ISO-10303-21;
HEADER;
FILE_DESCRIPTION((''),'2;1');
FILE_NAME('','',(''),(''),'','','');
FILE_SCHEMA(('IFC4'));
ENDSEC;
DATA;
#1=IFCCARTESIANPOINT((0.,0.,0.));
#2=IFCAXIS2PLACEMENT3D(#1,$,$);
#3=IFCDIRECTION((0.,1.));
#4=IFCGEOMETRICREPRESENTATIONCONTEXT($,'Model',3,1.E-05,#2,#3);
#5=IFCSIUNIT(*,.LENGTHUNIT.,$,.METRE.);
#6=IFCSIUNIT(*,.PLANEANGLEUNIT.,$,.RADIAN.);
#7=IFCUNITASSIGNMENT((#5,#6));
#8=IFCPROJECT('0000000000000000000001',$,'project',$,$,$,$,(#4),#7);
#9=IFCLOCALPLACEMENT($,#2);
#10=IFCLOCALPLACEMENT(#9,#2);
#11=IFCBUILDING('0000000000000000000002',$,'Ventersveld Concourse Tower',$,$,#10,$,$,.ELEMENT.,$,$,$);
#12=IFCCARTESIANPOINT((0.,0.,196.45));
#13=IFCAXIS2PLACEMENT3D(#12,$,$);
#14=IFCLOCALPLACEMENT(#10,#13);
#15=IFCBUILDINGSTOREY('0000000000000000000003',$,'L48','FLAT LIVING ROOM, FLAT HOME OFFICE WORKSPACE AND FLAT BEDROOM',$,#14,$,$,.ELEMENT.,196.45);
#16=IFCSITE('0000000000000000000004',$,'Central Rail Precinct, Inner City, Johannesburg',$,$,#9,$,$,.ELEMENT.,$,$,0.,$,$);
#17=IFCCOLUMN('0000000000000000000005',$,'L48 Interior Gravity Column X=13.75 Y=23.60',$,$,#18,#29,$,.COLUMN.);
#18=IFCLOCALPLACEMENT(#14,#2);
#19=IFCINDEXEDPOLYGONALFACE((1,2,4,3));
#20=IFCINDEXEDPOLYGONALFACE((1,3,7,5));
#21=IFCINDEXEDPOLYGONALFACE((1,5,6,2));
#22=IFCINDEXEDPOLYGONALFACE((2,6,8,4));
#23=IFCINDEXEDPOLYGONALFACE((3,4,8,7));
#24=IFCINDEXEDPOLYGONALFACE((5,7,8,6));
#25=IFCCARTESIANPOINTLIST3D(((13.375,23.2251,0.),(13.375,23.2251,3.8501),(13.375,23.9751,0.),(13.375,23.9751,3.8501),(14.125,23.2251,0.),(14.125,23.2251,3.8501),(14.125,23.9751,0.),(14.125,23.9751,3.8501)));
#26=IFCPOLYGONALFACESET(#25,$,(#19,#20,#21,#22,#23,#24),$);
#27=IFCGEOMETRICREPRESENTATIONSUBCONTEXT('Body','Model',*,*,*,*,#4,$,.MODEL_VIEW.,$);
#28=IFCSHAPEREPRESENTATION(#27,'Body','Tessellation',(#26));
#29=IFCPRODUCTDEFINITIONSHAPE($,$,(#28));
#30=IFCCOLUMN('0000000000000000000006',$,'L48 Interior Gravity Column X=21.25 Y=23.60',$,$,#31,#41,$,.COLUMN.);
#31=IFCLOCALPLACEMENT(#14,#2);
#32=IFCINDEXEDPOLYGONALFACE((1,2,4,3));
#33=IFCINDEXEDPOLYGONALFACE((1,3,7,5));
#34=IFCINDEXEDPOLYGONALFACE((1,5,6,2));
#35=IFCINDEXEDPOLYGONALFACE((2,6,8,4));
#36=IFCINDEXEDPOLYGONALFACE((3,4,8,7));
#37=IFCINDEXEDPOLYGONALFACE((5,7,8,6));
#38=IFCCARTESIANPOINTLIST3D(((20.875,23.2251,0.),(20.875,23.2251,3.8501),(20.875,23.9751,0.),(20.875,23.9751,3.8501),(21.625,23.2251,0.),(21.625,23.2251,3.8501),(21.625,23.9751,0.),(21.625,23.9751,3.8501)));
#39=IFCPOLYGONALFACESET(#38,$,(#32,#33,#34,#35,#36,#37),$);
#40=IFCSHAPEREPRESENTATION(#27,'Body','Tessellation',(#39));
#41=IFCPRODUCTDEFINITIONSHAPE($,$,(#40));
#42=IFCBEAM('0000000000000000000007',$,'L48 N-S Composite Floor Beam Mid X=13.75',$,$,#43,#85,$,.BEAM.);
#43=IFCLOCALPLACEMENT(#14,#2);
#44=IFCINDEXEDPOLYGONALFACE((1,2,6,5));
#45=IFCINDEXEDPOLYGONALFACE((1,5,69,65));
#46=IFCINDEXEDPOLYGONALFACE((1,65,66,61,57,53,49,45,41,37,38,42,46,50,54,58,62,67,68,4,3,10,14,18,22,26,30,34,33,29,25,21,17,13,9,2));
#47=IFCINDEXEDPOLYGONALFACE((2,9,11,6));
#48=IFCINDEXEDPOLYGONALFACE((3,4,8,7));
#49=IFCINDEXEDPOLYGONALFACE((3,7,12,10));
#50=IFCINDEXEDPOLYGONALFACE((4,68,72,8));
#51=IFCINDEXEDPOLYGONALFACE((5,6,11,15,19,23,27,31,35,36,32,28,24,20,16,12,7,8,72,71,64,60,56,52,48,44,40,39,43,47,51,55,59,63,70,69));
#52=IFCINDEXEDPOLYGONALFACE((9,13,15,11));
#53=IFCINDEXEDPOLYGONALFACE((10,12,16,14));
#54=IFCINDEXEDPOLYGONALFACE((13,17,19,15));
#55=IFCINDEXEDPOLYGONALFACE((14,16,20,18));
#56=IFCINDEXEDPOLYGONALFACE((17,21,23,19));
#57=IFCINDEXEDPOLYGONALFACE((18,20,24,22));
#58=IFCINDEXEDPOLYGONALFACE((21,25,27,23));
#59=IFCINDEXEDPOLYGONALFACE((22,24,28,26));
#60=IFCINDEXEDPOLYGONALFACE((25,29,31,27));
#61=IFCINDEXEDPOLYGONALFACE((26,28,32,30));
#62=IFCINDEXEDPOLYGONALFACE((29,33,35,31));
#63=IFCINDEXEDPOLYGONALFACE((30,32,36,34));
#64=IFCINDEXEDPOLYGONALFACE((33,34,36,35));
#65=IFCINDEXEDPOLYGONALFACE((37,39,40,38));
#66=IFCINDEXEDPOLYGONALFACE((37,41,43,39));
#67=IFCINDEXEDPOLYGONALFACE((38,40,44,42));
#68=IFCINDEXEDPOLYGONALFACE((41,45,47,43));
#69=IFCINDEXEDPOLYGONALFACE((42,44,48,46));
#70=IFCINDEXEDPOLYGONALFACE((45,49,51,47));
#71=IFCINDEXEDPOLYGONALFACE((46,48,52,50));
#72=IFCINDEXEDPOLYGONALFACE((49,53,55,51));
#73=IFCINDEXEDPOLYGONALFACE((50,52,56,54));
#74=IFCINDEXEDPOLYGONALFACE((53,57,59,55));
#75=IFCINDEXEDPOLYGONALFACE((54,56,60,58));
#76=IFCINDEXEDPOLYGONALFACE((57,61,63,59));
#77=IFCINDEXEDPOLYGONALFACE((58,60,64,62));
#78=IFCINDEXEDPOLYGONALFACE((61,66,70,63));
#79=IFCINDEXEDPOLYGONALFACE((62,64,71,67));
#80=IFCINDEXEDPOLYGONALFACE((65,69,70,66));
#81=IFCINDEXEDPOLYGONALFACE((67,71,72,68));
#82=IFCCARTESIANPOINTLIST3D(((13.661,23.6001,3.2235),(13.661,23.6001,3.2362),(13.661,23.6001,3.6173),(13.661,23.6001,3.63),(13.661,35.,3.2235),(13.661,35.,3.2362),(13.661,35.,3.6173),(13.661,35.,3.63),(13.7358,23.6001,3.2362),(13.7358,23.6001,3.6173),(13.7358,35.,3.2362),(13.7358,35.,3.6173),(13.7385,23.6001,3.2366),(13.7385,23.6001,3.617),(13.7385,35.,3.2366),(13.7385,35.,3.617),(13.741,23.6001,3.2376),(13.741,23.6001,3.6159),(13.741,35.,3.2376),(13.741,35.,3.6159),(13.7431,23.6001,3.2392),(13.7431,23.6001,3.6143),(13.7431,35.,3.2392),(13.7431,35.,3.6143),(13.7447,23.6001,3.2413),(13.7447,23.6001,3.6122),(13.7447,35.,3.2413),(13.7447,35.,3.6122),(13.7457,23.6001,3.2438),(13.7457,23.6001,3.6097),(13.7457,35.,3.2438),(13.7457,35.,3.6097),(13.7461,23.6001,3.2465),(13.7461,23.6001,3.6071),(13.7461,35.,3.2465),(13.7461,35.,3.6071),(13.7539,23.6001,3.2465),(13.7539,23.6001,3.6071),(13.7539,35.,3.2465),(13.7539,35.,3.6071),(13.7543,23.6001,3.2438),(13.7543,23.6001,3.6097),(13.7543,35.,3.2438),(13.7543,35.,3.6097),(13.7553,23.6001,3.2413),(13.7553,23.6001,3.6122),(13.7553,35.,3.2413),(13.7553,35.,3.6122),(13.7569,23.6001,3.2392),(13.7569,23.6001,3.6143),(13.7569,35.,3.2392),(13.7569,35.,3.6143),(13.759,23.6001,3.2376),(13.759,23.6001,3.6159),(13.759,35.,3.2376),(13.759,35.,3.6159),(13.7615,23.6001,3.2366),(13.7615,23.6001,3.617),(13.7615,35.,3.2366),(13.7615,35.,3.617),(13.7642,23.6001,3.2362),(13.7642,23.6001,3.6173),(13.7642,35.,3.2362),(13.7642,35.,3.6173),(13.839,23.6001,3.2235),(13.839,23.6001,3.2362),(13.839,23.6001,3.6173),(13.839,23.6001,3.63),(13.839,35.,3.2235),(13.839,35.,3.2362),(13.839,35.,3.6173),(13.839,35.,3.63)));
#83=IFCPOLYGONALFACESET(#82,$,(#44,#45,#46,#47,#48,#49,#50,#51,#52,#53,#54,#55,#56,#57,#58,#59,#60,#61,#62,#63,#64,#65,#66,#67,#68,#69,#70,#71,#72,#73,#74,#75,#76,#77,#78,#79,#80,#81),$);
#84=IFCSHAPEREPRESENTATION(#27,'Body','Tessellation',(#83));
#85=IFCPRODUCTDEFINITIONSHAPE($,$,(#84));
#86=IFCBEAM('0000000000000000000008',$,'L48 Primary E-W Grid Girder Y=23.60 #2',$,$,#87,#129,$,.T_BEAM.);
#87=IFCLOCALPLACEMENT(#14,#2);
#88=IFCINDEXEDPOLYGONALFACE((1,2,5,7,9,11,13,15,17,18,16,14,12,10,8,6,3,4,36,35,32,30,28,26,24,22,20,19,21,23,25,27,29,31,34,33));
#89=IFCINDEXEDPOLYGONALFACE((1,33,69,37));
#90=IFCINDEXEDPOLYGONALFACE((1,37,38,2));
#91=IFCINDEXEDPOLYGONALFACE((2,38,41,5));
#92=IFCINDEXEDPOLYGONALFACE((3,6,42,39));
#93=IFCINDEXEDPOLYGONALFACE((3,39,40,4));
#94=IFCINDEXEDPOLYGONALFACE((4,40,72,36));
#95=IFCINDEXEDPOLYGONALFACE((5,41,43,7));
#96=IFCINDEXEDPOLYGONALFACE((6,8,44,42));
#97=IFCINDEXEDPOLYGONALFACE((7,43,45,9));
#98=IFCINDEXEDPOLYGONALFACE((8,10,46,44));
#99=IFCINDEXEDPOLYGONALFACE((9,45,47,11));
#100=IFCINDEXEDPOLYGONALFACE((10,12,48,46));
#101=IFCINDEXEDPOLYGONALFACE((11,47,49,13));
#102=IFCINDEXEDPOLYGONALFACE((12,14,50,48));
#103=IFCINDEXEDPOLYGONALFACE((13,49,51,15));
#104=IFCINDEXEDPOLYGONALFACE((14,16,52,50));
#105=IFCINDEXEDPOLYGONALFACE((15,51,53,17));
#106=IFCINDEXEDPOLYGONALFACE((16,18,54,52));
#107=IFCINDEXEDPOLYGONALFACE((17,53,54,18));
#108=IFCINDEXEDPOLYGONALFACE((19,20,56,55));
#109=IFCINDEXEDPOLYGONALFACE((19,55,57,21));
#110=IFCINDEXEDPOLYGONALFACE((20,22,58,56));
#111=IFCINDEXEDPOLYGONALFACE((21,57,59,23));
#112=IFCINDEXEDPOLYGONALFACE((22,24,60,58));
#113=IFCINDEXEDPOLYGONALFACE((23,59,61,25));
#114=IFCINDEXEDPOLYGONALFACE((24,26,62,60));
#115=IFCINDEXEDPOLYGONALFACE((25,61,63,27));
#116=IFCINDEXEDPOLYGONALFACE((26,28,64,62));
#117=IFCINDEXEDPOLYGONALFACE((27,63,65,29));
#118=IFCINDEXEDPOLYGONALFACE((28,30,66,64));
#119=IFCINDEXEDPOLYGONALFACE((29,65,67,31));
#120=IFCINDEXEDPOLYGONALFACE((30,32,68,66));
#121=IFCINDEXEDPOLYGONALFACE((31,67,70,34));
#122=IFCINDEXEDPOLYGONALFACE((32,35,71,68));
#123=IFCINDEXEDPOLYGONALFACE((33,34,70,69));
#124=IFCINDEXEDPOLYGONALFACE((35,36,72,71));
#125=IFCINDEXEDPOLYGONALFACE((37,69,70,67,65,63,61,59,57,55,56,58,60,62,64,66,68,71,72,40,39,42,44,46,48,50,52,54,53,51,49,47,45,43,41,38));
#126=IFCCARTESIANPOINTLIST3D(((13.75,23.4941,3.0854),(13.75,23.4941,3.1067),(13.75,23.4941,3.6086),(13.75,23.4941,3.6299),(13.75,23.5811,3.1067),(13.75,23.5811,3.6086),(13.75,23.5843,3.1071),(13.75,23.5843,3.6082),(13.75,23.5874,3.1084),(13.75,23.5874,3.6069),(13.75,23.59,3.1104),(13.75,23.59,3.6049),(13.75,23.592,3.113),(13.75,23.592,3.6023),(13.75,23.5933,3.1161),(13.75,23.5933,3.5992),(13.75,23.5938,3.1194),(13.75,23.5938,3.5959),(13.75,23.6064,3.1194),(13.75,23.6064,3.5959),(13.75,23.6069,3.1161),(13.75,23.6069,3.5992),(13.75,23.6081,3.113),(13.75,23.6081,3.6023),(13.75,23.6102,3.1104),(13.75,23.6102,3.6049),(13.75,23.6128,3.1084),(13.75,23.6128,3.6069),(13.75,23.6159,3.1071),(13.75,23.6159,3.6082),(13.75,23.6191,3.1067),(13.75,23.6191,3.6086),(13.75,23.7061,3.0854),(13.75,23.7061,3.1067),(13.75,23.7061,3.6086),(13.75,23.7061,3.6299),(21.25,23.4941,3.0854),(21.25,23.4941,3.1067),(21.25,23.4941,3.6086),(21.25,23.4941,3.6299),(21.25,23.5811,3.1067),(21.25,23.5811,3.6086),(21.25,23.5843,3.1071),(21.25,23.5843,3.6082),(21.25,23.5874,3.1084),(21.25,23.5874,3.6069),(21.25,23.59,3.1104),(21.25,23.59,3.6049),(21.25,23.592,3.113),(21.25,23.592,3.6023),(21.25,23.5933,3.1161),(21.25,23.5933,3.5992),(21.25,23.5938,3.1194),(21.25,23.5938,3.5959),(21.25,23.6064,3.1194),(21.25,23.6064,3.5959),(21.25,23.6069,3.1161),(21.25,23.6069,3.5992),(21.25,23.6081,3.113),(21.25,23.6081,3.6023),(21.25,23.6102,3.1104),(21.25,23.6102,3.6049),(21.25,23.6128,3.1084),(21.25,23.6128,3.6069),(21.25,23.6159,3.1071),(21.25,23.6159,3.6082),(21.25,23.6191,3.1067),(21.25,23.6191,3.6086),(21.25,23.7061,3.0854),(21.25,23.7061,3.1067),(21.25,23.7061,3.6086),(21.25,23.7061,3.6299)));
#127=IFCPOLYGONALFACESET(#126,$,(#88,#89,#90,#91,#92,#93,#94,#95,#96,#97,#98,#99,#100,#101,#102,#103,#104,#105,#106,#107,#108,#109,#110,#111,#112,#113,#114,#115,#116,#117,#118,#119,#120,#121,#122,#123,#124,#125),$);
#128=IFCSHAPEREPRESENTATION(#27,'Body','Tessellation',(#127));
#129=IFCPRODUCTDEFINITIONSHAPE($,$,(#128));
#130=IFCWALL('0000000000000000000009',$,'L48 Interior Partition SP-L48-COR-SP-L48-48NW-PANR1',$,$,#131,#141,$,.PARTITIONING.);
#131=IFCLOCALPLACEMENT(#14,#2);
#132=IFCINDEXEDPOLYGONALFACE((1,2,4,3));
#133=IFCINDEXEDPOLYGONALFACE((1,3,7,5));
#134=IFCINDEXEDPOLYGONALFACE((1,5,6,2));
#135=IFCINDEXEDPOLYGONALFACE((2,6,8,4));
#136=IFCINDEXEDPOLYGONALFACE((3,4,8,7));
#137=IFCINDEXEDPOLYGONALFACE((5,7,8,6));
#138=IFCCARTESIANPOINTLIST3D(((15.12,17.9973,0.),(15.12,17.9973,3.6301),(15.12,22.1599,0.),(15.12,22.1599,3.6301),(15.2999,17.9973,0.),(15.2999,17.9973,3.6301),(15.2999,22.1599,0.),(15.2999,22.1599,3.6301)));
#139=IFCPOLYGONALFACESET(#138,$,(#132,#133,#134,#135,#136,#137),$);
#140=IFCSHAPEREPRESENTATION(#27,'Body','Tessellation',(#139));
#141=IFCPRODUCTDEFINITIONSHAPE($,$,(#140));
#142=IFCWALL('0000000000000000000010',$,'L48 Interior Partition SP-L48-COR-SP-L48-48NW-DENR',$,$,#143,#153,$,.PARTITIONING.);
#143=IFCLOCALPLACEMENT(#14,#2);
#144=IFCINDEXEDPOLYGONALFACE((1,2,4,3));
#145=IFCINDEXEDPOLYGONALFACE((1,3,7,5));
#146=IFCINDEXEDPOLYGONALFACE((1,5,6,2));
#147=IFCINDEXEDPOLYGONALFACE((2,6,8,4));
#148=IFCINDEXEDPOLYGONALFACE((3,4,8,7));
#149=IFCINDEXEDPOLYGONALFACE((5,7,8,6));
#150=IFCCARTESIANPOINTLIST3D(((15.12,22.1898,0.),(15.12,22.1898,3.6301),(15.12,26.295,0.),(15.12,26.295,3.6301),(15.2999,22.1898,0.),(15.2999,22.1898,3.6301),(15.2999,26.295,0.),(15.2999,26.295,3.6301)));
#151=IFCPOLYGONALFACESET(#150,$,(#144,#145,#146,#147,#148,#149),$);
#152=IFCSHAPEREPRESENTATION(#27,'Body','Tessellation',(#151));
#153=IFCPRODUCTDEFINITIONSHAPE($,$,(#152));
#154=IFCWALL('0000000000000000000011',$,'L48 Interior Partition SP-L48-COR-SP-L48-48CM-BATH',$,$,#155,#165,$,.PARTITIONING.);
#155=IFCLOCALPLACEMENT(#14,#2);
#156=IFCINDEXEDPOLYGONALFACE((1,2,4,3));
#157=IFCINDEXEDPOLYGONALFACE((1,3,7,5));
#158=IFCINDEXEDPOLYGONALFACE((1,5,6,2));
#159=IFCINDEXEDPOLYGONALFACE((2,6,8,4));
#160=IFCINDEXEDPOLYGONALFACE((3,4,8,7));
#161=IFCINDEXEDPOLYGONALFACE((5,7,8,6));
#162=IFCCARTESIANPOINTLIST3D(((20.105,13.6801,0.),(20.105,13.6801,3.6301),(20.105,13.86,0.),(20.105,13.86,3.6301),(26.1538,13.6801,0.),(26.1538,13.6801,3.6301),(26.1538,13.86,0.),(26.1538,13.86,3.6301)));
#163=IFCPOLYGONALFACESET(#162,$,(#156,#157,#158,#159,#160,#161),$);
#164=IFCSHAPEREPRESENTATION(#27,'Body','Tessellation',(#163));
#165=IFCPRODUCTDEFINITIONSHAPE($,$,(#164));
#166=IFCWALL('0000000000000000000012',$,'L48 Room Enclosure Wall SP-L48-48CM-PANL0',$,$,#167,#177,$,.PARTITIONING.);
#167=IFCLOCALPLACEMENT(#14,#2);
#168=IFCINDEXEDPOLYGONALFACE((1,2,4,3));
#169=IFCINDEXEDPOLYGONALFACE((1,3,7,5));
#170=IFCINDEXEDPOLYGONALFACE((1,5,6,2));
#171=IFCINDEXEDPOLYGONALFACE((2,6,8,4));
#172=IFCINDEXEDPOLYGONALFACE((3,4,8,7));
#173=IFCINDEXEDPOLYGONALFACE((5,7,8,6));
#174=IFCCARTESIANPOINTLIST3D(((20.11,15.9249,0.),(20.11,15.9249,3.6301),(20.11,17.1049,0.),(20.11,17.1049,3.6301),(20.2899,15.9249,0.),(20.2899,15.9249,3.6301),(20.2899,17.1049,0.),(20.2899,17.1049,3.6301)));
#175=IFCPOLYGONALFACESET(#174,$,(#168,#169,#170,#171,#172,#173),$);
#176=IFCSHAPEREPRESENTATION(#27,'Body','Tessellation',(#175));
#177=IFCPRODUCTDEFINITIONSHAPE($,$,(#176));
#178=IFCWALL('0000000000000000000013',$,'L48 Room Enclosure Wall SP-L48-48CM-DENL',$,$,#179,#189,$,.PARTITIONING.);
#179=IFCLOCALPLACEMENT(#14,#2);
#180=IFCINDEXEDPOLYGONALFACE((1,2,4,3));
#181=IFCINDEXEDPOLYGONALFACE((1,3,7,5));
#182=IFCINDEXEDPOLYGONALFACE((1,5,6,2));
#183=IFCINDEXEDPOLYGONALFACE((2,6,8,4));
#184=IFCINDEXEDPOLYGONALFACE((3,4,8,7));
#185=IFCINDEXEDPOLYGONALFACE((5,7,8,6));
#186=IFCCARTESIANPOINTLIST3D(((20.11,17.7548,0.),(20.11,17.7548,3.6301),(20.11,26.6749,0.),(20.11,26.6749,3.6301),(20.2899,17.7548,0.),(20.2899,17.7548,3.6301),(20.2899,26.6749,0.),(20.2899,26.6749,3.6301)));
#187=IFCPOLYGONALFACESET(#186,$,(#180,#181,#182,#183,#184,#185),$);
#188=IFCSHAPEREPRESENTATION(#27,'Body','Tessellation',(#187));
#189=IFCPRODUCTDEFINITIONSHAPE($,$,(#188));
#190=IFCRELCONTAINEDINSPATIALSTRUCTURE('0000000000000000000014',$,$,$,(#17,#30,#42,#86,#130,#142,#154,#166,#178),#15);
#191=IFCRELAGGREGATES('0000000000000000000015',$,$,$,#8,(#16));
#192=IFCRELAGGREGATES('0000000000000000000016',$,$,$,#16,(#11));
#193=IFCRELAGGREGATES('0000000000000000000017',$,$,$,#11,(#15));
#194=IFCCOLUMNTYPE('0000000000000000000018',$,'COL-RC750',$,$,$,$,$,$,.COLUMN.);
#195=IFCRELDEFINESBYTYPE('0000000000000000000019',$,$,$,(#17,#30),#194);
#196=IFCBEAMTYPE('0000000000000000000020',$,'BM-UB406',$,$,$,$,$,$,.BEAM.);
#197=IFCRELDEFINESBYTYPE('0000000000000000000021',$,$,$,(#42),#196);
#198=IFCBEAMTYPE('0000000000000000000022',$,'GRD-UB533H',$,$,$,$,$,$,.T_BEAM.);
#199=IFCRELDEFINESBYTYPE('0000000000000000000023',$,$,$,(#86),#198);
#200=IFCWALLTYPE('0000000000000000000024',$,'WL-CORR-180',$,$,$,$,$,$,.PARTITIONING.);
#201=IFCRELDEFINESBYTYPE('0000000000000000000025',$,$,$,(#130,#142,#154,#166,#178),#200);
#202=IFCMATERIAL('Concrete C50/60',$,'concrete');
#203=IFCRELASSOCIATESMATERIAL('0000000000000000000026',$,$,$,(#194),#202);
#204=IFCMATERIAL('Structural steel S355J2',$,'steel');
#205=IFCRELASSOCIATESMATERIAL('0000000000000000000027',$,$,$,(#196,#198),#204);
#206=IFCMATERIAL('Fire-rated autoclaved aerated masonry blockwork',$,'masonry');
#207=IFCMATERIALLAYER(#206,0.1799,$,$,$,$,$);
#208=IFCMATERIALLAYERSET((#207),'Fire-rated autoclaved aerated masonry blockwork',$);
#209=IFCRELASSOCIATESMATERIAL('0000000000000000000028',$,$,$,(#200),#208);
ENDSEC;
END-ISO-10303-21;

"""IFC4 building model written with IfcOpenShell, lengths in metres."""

from ifc_helpers import new_model, si_unit, direction, frame, frame_2d, origin, origin_2d, place, context, subcontext, project, spatial, rectangle, i_section, extrude, material, layer, layer_set, material_profile, profile_set, type_object, element, save


model = new_model("IFC4")

# Units and contexts
model_context = context("Model", 3, precision=1e-05, world=origin(), true_north=direction((0.0, 1.0)))
body_context = subcontext(model_context, "Body", "Model", "MODEL_VIEW")
ifc_project = project(units=[si_unit("LENGTHUNIT", "METRE"), si_unit("PLANEANGLEUNIT", "RADIAN")], contexts=[model_context])

# Site, building, storey
site_placement = place(None, origin())
site = spatial("IfcSite", under=ifc_project, at=site_placement, Name="Central Rail Precinct, Inner City, Johannesburg", CompositionType="ELEMENT", RefElevation=0.0)
building_placement = place(site_placement, origin())
building = spatial("IfcBuilding", under=site, at=building_placement, Name="Ventersveld Concourse Tower", CompositionType="ELEMENT")
storey_placement = place(building_placement, frame((0.0, 0.0, 196.45)))
storey = spatial("IfcBuildingStorey", under=building, at=storey_placement, Name="L48", Description="FLAT LIVING ROOM, FLAT HOME OFFICE WORKSPACE AND FLAT BEDROOM", CompositionType="ELEMENT", Elevation=196.45)

# Columns
ifc_material_1 = material(Name="Concrete C50/60", Category="concrete")
ifc_material_profile_1 = material_profile(ifc_material_1, rectangle(XDim=0.75, YDim=0.75, at=origin_2d()), Name="RC 750x750")
ifc_profile_set_1 = profile_set([ifc_material_profile_1], Name="Concrete C50/60")
column_type = type_object("IfcColumnType", Name="COL-RC750", PredefinedType="COLUMN", material=ifc_profile_set_1)
for number, where, z_axis, x_axis, name in (
    (1, (13.75, 23.6001, 0.0), (0.0, 0.0, 1.0), (1.0, 0.0, 0.0), "L48 Interior Gravity Column X=13.75 Y=23.60"),
    (2, (21.25, 23.6001, 0.0), (0.0, 0.0, 1.0), (1.0, 0.0, 0.0), "L48 Interior Gravity Column X=21.25 Y=23.60"),
):
    element("IfcColumn", number, at=place(storey_placement, frame(where, z_axis=z_axis, x_axis=x_axis)), inside=storey, type_object=column_type, Name=name, PredefinedType="COLUMN", context=body_context, shape_type="SweptSolid", body=[
        extrude(rectangle(XDim=0.75, YDim=0.75, at=origin_2d()), origin(), (0.0, 0.0, 1.0), 3.8501),
    ])

# Beams
ifc_material_2 = material(Name="Structural steel S355J2", Category="steel")
ifc_material_profile_2 = material_profile(ifc_material_2, i_section(OverallWidth=0.178, OverallDepth=0.4065, WebThickness=0.0078, FlangeThickness=0.0127, FilletRadius=0.0103, at=origin_2d()), Name="UB 406x178x60")
ifc_profile_set_2 = profile_set([ifc_material_profile_2], Name="Structural steel S355J2")
beam_type_1 = type_object("IfcBeamType", Name="BM-UB406", PredefinedType="BEAM", material=ifc_profile_set_2)
beam_1_placement = place(storey_placement, frame((13.75, 23.6001, 3.4268), z_axis=(0.0, 1.0, 0.0), x_axis=(-1.0, 0.0, 0.0)))
element("IfcBeam", 3, at=beam_1_placement, inside=storey, type_object=beam_type_1, Name="L48 N-S Composite Floor Beam Mid X=13.75", PredefinedType="BEAM", context=body_context, shape_type="SweptSolid", body=[
    extrude(i_section(OverallWidth=0.178, OverallDepth=0.4065, WebThickness=0.0078, FlangeThickness=0.0127, FilletRadius=0.0103, at=origin_2d()), origin(), (0.0, 0.0, 1.0), 11.3999),
])
ifc_material_profile_3 = material_profile(ifc_material_2, i_section(OverallWidth=0.2119, OverallDepth=0.5444, WebThickness=0.0127, FlangeThickness=0.0212, FilletRadius=0.0127, at=origin_2d()), Name="UB 533x210x122")
ifc_profile_set_3 = profile_set([ifc_material_profile_3], Name="Structural steel S355J2")
beam_type_2 = type_object("IfcBeamType", Name="GRD-UB533H", PredefinedType="T_BEAM", material=ifc_profile_set_3)
beam_2_placement = place(storey_placement, frame((13.75, 23.6001, 3.3577), z_axis=(1.0, 0.0, 0.0), x_axis=(0.0, 1.0, 0.0)))
element("IfcBeam", 4, at=beam_2_placement, inside=storey, type_object=beam_type_2, Name="L48 Primary E-W Grid Girder Y=23.60 #2", PredefinedType="T_BEAM", context=body_context, shape_type="SweptSolid", body=[
    extrude(i_section(OverallWidth=0.2119, OverallDepth=0.5444, WebThickness=0.0127, FlangeThickness=0.0212, FilletRadius=0.0127, at=origin_2d()), origin(), (0.0, 0.0, 1.0), 7.5),
])

# Walls
ifc_material_3 = material(Name="Fire-rated autoclaved aerated masonry blockwork", Category="masonry")
ifc_layer_1 = layer(ifc_material_3, 0.1799)
ifc_layer_set_1 = layer_set([ifc_layer_1], Name="Fire-rated autoclaved aerated masonry blockwork")
wall_type_1 = type_object("IfcWallType", Name="WL-CORR-180", PredefinedType="PARTITIONING", material=ifc_layer_set_1)
wall_1_placement = place(storey_placement, frame((15.21, 17.9973, 0.0), z_axis=(0.0, 0.0, 1.0), x_axis=(0.0, 1.0, 0.0)))
element("IfcWall", 5, at=wall_1_placement, inside=storey, type_object=wall_type_1, Name="L48 Interior Partition SP-L48-COR-SP-L48-48NW-PANR1", PredefinedType="PARTITIONING", context=body_context, shape_type="SweptSolid", body=[
    extrude(rectangle(XDim=4.1626, YDim=0.1799, at=frame_2d((2.0813, 0.0))), origin(), (0.0, 0.0, 1.0), 3.6301),
])
wall_2_placement = place(storey_placement, frame((15.21, 22.1897, 0.0), z_axis=(0.0, 0.0, 1.0), x_axis=(0.0, 1.0, 0.0)))
element("IfcWall", 6, at=wall_2_placement, inside=storey, type_object=wall_type_1, Name="L48 Interior Partition SP-L48-COR-SP-L48-48NW-DENR", PredefinedType="PARTITIONING", context=body_context, shape_type="SweptSolid", body=[
    extrude(rectangle(XDim=4.1052, YDim=0.1799, at=frame_2d((2.0527, 0.0))), origin(), (0.0, 0.0, 1.0), 3.6301),
])

# Walls
wall_3_placement = place(storey_placement, frame((20.105, 13.77, 0.0), z_axis=(0.0, 0.0, 1.0), x_axis=(1.0, 0.0, 0.0)))
element("IfcWall", 7, at=wall_3_placement, inside=storey, type_object=wall_type_1, Name="L48 Interior Partition SP-L48-COR-SP-L48-48CM-BATH", PredefinedType="PARTITIONING", context=body_context, shape_type="SweptSolid", body=[
    extrude(rectangle(XDim=6.0488, YDim=0.1799, at=frame_2d((3.0244, 0.0))), origin(), (0.0, 0.0, 1.0), 3.6301),
])
wall_4_placement = place(storey_placement, frame((20.2, 15.925, 0.0), z_axis=(0.0, 0.0, 1.0), x_axis=(0.0, 1.0, 0.0)))
element("IfcWall", 8, at=wall_4_placement, inside=storey, type_object=wall_type_1, Name="L48 Room Enclosure Wall SP-L48-48CM-PANL0", PredefinedType="PARTITIONING", context=body_context, shape_type="SweptSolid", body=[
    extrude(rectangle(XDim=1.1799, YDim=0.1799, at=frame_2d((0.5898, 0.0))), origin(), (0.0, 0.0, 1.0), 3.6301),
])
wall_5_placement = place(storey_placement, frame((20.2, 17.7549, 0.0), z_axis=(0.0, 0.0, 1.0), x_axis=(0.0, 1.0, 0.0)))
element("IfcWall", 9, at=wall_5_placement, inside=storey, type_object=wall_type_1, Name="L48 Room Enclosure Wall SP-L48-48CM-DENL", PredefinedType="PARTITIONING", context=body_context, shape_type="SweptSolid", body=[
    extrude(rectangle(XDim=8.9202, YDim=0.1799, at=frame_2d((4.46, 0.0))), origin(), (0.0, 0.0, 1.0), 3.6301),
])

save(model, "model.ifc")
